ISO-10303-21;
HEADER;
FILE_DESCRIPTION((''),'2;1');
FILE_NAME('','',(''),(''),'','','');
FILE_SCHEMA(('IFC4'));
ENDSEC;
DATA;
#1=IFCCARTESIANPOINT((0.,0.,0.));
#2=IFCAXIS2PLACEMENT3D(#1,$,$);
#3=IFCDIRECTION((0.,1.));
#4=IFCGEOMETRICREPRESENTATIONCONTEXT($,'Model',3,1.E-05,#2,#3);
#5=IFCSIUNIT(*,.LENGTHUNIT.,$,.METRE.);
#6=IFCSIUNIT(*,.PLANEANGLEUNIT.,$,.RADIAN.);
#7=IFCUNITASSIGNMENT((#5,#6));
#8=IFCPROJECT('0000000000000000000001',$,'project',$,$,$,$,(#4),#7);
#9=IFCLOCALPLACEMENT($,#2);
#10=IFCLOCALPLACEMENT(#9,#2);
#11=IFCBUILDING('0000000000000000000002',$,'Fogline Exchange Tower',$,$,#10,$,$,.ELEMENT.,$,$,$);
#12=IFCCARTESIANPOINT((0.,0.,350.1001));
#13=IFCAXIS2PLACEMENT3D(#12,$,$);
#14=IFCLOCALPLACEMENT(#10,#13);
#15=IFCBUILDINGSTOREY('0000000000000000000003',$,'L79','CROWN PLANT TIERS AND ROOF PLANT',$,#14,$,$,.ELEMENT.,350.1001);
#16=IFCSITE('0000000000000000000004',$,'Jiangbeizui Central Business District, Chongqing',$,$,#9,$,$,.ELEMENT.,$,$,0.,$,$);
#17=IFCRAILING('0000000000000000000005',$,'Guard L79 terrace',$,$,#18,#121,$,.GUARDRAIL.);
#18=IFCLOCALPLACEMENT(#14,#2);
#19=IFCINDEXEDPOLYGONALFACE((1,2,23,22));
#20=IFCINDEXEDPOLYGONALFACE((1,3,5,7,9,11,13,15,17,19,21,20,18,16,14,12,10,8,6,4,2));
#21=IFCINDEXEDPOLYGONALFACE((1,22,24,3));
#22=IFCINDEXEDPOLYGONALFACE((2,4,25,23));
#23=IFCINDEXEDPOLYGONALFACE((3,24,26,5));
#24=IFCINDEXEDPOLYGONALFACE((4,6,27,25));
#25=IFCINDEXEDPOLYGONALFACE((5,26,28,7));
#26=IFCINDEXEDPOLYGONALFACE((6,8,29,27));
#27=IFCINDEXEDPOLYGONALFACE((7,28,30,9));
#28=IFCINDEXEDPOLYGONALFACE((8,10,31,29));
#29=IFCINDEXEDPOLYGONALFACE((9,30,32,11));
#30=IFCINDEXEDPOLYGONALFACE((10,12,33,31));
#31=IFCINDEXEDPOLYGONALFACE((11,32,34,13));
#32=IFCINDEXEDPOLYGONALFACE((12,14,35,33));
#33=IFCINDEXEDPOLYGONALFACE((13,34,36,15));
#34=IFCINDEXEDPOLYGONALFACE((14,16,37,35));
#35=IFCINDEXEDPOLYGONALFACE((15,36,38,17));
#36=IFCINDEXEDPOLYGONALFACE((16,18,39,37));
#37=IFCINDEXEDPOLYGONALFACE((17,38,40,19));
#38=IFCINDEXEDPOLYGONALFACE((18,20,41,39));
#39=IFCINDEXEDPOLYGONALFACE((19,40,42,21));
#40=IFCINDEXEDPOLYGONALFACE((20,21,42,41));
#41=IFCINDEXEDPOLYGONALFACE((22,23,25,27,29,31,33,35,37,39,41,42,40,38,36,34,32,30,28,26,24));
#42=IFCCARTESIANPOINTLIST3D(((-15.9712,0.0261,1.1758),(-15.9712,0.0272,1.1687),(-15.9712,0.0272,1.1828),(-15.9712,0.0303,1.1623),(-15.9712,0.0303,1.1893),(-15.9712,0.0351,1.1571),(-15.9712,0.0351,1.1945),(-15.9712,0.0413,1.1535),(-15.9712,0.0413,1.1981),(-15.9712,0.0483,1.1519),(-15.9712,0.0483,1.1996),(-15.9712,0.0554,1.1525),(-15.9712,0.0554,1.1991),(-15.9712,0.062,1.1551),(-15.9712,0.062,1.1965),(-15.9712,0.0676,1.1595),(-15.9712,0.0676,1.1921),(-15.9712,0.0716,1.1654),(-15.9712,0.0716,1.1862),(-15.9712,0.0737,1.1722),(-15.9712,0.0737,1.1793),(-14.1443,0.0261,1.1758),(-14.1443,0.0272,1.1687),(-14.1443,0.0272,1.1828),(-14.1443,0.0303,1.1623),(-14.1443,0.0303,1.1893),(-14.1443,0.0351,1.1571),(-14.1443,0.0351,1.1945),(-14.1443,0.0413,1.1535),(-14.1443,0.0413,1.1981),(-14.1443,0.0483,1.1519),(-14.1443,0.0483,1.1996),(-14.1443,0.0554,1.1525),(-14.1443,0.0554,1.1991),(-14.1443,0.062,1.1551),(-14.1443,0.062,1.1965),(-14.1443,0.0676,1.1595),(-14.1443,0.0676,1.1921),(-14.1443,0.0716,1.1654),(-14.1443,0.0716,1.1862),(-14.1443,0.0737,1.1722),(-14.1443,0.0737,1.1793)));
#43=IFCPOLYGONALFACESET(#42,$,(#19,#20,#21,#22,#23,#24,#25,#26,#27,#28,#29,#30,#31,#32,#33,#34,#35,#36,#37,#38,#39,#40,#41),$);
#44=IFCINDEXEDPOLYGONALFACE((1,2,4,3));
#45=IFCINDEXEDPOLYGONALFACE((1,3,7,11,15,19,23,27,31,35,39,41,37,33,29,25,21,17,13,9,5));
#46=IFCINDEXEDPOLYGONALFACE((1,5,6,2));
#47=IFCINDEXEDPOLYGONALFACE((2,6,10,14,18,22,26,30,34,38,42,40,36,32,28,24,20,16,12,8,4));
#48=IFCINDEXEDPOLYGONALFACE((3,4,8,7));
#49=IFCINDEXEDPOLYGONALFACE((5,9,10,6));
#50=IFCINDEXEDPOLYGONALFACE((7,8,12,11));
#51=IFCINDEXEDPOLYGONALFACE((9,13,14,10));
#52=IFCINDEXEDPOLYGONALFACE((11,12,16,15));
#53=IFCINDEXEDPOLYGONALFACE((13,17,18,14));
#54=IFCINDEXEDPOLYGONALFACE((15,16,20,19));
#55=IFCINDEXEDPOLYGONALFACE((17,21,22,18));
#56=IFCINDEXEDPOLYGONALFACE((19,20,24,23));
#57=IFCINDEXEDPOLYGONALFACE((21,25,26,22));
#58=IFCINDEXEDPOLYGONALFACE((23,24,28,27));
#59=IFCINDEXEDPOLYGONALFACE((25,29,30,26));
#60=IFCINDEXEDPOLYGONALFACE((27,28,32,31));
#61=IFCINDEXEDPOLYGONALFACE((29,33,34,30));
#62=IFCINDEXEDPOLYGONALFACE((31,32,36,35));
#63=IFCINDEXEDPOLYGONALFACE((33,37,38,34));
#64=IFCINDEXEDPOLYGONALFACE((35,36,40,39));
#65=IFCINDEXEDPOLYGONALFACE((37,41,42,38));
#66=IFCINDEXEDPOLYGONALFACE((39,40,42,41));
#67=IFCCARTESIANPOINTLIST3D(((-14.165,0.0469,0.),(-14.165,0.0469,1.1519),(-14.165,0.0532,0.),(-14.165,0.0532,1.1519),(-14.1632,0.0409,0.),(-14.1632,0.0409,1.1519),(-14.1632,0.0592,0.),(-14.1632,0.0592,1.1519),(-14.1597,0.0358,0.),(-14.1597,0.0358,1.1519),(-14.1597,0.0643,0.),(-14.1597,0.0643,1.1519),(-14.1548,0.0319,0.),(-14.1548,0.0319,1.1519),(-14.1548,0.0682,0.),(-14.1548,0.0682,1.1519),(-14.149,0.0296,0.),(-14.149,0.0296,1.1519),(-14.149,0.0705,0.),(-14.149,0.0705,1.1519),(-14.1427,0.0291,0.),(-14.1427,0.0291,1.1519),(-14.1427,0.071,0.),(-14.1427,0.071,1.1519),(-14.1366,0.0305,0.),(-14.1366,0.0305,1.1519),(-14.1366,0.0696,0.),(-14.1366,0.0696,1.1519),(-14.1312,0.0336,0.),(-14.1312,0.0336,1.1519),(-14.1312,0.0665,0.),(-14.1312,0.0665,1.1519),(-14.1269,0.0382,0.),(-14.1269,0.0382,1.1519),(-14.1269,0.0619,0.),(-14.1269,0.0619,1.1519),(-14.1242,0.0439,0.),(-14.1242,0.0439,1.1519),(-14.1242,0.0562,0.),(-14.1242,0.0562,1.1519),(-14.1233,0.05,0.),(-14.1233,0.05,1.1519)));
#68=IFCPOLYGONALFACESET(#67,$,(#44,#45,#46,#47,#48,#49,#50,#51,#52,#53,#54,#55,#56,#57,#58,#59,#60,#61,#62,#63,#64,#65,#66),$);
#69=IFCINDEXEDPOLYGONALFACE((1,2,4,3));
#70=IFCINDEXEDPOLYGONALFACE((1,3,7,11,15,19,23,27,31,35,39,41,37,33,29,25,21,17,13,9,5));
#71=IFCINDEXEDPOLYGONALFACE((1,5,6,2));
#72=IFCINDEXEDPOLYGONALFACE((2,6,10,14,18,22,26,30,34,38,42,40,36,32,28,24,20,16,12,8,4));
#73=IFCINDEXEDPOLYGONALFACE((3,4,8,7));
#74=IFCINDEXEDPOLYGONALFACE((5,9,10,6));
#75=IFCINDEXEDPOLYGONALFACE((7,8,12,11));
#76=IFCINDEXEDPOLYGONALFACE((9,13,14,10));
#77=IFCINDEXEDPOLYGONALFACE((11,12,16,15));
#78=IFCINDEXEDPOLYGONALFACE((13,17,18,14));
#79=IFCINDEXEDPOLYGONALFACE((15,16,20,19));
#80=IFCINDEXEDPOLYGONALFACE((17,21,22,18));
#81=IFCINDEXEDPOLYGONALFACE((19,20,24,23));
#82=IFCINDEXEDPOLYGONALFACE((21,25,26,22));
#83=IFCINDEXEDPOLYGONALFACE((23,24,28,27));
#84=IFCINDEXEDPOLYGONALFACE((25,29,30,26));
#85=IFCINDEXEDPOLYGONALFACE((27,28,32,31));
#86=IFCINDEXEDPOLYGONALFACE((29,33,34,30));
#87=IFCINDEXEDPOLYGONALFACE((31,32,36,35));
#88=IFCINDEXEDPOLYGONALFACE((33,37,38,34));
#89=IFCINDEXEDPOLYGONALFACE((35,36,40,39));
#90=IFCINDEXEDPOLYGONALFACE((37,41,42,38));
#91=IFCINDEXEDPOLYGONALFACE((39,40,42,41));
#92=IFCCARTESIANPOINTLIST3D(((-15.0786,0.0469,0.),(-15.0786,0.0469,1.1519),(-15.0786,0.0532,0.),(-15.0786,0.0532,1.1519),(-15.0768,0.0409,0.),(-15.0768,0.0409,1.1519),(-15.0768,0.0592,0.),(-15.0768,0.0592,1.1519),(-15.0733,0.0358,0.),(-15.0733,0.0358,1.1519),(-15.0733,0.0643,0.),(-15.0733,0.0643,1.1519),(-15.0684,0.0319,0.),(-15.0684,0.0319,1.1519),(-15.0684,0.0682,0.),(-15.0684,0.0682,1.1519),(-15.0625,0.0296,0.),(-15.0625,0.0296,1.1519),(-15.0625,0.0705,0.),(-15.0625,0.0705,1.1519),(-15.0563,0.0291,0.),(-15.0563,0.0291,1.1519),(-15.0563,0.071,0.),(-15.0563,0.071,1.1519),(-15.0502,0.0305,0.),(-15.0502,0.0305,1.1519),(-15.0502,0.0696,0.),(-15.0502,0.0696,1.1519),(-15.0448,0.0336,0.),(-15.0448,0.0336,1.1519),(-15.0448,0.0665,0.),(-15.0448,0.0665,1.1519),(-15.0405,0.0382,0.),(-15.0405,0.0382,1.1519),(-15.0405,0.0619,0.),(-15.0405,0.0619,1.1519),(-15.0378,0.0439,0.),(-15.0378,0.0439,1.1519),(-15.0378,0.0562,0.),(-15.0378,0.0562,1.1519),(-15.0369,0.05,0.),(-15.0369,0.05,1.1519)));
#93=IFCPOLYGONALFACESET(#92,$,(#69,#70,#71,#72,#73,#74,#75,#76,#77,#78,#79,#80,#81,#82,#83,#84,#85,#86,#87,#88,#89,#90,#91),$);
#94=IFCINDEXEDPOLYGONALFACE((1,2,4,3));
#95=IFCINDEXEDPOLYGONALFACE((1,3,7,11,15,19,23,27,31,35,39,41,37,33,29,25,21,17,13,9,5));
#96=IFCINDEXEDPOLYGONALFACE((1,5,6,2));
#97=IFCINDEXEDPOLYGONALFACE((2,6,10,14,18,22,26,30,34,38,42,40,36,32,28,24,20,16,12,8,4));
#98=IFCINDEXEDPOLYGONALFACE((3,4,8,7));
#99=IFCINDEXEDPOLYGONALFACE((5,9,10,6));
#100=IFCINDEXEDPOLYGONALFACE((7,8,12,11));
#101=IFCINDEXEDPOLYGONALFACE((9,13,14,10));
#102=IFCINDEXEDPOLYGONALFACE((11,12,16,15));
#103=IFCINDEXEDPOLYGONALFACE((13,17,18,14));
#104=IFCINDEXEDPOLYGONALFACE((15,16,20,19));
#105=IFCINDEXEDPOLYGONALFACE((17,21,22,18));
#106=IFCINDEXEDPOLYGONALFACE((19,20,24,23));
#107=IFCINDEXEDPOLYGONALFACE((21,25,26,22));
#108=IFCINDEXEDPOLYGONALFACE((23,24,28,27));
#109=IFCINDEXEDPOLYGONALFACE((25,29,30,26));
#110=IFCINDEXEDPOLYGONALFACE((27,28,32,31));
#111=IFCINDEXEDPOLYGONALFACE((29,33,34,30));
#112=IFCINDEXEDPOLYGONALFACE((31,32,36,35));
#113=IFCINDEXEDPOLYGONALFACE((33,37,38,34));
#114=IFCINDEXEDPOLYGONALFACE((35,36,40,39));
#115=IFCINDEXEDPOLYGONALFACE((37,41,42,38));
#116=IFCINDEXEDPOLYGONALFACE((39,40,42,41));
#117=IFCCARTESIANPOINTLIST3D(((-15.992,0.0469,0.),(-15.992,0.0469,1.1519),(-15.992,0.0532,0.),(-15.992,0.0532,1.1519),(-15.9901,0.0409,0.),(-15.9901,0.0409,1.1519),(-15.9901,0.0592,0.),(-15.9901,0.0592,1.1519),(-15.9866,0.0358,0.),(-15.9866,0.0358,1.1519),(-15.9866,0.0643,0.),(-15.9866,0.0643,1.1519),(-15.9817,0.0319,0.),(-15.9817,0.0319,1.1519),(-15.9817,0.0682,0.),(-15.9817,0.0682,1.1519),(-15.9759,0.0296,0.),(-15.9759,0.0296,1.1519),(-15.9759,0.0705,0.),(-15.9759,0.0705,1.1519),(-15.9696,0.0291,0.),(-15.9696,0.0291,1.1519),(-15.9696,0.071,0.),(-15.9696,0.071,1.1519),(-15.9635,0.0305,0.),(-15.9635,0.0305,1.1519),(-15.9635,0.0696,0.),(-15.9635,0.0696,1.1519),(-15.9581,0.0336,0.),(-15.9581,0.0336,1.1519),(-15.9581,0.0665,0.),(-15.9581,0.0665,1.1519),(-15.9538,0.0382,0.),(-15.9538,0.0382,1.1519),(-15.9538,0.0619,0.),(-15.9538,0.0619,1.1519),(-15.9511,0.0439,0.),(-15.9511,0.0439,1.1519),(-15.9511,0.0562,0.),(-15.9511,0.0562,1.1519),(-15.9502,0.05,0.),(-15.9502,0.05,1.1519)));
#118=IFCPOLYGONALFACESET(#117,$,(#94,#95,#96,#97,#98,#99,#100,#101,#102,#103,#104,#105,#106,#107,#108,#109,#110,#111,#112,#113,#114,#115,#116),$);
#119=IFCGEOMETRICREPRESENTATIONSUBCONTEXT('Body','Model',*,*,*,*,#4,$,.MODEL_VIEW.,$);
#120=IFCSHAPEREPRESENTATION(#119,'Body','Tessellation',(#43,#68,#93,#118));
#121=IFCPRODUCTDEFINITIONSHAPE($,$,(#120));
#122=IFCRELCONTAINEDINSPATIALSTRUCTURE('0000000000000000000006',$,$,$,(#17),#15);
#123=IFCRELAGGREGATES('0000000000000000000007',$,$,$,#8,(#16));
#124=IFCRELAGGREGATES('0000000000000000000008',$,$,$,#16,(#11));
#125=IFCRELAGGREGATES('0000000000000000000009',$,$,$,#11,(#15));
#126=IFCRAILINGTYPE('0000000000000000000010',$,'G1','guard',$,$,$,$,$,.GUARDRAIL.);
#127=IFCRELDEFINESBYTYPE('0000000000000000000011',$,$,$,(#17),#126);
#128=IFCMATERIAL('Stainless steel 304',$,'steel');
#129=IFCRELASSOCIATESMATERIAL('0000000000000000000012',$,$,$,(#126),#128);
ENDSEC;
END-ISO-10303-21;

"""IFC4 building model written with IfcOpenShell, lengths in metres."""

from ifc_helpers import new_model, si_unit, direction, frame, origin, origin_2d, place, context, subcontext, project, spatial, circle, extrude, material, type_object, element, save


model = new_model("IFC4")

# Units and contexts
model_context = context("Model", 3, precision=1e-05, world=origin(), true_north=direction((0.0, 1.0)))
body_context = subcontext(model_context, "Body", "Model", "MODEL_VIEW")
ifc_project = project(units=[si_unit("LENGTHUNIT", "METRE"), si_unit("PLANEANGLEUNIT", "RADIAN")], contexts=[model_context])

# Site, building, storey
site_placement = place(None, origin())
site = spatial("IfcSite", under=ifc_project, at=site_placement, Name="Jiangbeizui Central Business District, Chongqing", CompositionType="ELEMENT", RefElevation=0.0)
building_placement = place(site_placement, origin())
building = spatial("IfcBuilding", under=site, at=building_placement, Name="Fogline Exchange Tower", CompositionType="ELEMENT")
storey_placement = place(building_placement, frame((0.0, 0.0, 350.1001)))
storey = spatial("IfcBuildingStorey", under=building, at=storey_placement, Name="L79", Description="CROWN PLANT TIERS AND ROOF PLANT", CompositionType="ELEMENT", Elevation=350.1001)

# Railing
ifc_material_1 = material(Name="Stainless steel 304", Category="steel")
railing_type = type_object("IfcRailingType", Name="G1", Description="guard", PredefinedType="GUARDRAIL", material=ifc_material_1)
railing_1_placement = place(storey_placement, frame((-14.1443, 0.05, 0.0)))
element("IfcRailing", 1, at=railing_1_placement, inside=storey, type_object=railing_type, Name="Guard L79 terrace", PredefinedType="GUARDRAIL", context=body_context, shape_type="SweptSolid", body=[
    extrude(circle(Radius=0.0239, at=origin_2d()), frame((0.0, 0.0, 1.1758), z_axis=(-1.0, 0.0, 0.0), x_axis=(0.0, -1.0, 0.0)), (0.0, 0.0, 1.0), 1.8269),
    extrude(circle(Radius=0.021, at=origin_2d()), origin(), (0.0, 0.0, 1.0), 1.1519),
    extrude(circle(Radius=0.021, at=origin_2d()), frame((-0.9136, 0.0, 0.0)), (0.0, 0.0, 1.0), 1.1519),
    extrude(circle(Radius=0.021, at=origin_2d()), frame((-1.8269, 0.0, 0.0)), (0.0, 0.0, 1.0), 1.1519),
])

save(model, "model.ifc")
